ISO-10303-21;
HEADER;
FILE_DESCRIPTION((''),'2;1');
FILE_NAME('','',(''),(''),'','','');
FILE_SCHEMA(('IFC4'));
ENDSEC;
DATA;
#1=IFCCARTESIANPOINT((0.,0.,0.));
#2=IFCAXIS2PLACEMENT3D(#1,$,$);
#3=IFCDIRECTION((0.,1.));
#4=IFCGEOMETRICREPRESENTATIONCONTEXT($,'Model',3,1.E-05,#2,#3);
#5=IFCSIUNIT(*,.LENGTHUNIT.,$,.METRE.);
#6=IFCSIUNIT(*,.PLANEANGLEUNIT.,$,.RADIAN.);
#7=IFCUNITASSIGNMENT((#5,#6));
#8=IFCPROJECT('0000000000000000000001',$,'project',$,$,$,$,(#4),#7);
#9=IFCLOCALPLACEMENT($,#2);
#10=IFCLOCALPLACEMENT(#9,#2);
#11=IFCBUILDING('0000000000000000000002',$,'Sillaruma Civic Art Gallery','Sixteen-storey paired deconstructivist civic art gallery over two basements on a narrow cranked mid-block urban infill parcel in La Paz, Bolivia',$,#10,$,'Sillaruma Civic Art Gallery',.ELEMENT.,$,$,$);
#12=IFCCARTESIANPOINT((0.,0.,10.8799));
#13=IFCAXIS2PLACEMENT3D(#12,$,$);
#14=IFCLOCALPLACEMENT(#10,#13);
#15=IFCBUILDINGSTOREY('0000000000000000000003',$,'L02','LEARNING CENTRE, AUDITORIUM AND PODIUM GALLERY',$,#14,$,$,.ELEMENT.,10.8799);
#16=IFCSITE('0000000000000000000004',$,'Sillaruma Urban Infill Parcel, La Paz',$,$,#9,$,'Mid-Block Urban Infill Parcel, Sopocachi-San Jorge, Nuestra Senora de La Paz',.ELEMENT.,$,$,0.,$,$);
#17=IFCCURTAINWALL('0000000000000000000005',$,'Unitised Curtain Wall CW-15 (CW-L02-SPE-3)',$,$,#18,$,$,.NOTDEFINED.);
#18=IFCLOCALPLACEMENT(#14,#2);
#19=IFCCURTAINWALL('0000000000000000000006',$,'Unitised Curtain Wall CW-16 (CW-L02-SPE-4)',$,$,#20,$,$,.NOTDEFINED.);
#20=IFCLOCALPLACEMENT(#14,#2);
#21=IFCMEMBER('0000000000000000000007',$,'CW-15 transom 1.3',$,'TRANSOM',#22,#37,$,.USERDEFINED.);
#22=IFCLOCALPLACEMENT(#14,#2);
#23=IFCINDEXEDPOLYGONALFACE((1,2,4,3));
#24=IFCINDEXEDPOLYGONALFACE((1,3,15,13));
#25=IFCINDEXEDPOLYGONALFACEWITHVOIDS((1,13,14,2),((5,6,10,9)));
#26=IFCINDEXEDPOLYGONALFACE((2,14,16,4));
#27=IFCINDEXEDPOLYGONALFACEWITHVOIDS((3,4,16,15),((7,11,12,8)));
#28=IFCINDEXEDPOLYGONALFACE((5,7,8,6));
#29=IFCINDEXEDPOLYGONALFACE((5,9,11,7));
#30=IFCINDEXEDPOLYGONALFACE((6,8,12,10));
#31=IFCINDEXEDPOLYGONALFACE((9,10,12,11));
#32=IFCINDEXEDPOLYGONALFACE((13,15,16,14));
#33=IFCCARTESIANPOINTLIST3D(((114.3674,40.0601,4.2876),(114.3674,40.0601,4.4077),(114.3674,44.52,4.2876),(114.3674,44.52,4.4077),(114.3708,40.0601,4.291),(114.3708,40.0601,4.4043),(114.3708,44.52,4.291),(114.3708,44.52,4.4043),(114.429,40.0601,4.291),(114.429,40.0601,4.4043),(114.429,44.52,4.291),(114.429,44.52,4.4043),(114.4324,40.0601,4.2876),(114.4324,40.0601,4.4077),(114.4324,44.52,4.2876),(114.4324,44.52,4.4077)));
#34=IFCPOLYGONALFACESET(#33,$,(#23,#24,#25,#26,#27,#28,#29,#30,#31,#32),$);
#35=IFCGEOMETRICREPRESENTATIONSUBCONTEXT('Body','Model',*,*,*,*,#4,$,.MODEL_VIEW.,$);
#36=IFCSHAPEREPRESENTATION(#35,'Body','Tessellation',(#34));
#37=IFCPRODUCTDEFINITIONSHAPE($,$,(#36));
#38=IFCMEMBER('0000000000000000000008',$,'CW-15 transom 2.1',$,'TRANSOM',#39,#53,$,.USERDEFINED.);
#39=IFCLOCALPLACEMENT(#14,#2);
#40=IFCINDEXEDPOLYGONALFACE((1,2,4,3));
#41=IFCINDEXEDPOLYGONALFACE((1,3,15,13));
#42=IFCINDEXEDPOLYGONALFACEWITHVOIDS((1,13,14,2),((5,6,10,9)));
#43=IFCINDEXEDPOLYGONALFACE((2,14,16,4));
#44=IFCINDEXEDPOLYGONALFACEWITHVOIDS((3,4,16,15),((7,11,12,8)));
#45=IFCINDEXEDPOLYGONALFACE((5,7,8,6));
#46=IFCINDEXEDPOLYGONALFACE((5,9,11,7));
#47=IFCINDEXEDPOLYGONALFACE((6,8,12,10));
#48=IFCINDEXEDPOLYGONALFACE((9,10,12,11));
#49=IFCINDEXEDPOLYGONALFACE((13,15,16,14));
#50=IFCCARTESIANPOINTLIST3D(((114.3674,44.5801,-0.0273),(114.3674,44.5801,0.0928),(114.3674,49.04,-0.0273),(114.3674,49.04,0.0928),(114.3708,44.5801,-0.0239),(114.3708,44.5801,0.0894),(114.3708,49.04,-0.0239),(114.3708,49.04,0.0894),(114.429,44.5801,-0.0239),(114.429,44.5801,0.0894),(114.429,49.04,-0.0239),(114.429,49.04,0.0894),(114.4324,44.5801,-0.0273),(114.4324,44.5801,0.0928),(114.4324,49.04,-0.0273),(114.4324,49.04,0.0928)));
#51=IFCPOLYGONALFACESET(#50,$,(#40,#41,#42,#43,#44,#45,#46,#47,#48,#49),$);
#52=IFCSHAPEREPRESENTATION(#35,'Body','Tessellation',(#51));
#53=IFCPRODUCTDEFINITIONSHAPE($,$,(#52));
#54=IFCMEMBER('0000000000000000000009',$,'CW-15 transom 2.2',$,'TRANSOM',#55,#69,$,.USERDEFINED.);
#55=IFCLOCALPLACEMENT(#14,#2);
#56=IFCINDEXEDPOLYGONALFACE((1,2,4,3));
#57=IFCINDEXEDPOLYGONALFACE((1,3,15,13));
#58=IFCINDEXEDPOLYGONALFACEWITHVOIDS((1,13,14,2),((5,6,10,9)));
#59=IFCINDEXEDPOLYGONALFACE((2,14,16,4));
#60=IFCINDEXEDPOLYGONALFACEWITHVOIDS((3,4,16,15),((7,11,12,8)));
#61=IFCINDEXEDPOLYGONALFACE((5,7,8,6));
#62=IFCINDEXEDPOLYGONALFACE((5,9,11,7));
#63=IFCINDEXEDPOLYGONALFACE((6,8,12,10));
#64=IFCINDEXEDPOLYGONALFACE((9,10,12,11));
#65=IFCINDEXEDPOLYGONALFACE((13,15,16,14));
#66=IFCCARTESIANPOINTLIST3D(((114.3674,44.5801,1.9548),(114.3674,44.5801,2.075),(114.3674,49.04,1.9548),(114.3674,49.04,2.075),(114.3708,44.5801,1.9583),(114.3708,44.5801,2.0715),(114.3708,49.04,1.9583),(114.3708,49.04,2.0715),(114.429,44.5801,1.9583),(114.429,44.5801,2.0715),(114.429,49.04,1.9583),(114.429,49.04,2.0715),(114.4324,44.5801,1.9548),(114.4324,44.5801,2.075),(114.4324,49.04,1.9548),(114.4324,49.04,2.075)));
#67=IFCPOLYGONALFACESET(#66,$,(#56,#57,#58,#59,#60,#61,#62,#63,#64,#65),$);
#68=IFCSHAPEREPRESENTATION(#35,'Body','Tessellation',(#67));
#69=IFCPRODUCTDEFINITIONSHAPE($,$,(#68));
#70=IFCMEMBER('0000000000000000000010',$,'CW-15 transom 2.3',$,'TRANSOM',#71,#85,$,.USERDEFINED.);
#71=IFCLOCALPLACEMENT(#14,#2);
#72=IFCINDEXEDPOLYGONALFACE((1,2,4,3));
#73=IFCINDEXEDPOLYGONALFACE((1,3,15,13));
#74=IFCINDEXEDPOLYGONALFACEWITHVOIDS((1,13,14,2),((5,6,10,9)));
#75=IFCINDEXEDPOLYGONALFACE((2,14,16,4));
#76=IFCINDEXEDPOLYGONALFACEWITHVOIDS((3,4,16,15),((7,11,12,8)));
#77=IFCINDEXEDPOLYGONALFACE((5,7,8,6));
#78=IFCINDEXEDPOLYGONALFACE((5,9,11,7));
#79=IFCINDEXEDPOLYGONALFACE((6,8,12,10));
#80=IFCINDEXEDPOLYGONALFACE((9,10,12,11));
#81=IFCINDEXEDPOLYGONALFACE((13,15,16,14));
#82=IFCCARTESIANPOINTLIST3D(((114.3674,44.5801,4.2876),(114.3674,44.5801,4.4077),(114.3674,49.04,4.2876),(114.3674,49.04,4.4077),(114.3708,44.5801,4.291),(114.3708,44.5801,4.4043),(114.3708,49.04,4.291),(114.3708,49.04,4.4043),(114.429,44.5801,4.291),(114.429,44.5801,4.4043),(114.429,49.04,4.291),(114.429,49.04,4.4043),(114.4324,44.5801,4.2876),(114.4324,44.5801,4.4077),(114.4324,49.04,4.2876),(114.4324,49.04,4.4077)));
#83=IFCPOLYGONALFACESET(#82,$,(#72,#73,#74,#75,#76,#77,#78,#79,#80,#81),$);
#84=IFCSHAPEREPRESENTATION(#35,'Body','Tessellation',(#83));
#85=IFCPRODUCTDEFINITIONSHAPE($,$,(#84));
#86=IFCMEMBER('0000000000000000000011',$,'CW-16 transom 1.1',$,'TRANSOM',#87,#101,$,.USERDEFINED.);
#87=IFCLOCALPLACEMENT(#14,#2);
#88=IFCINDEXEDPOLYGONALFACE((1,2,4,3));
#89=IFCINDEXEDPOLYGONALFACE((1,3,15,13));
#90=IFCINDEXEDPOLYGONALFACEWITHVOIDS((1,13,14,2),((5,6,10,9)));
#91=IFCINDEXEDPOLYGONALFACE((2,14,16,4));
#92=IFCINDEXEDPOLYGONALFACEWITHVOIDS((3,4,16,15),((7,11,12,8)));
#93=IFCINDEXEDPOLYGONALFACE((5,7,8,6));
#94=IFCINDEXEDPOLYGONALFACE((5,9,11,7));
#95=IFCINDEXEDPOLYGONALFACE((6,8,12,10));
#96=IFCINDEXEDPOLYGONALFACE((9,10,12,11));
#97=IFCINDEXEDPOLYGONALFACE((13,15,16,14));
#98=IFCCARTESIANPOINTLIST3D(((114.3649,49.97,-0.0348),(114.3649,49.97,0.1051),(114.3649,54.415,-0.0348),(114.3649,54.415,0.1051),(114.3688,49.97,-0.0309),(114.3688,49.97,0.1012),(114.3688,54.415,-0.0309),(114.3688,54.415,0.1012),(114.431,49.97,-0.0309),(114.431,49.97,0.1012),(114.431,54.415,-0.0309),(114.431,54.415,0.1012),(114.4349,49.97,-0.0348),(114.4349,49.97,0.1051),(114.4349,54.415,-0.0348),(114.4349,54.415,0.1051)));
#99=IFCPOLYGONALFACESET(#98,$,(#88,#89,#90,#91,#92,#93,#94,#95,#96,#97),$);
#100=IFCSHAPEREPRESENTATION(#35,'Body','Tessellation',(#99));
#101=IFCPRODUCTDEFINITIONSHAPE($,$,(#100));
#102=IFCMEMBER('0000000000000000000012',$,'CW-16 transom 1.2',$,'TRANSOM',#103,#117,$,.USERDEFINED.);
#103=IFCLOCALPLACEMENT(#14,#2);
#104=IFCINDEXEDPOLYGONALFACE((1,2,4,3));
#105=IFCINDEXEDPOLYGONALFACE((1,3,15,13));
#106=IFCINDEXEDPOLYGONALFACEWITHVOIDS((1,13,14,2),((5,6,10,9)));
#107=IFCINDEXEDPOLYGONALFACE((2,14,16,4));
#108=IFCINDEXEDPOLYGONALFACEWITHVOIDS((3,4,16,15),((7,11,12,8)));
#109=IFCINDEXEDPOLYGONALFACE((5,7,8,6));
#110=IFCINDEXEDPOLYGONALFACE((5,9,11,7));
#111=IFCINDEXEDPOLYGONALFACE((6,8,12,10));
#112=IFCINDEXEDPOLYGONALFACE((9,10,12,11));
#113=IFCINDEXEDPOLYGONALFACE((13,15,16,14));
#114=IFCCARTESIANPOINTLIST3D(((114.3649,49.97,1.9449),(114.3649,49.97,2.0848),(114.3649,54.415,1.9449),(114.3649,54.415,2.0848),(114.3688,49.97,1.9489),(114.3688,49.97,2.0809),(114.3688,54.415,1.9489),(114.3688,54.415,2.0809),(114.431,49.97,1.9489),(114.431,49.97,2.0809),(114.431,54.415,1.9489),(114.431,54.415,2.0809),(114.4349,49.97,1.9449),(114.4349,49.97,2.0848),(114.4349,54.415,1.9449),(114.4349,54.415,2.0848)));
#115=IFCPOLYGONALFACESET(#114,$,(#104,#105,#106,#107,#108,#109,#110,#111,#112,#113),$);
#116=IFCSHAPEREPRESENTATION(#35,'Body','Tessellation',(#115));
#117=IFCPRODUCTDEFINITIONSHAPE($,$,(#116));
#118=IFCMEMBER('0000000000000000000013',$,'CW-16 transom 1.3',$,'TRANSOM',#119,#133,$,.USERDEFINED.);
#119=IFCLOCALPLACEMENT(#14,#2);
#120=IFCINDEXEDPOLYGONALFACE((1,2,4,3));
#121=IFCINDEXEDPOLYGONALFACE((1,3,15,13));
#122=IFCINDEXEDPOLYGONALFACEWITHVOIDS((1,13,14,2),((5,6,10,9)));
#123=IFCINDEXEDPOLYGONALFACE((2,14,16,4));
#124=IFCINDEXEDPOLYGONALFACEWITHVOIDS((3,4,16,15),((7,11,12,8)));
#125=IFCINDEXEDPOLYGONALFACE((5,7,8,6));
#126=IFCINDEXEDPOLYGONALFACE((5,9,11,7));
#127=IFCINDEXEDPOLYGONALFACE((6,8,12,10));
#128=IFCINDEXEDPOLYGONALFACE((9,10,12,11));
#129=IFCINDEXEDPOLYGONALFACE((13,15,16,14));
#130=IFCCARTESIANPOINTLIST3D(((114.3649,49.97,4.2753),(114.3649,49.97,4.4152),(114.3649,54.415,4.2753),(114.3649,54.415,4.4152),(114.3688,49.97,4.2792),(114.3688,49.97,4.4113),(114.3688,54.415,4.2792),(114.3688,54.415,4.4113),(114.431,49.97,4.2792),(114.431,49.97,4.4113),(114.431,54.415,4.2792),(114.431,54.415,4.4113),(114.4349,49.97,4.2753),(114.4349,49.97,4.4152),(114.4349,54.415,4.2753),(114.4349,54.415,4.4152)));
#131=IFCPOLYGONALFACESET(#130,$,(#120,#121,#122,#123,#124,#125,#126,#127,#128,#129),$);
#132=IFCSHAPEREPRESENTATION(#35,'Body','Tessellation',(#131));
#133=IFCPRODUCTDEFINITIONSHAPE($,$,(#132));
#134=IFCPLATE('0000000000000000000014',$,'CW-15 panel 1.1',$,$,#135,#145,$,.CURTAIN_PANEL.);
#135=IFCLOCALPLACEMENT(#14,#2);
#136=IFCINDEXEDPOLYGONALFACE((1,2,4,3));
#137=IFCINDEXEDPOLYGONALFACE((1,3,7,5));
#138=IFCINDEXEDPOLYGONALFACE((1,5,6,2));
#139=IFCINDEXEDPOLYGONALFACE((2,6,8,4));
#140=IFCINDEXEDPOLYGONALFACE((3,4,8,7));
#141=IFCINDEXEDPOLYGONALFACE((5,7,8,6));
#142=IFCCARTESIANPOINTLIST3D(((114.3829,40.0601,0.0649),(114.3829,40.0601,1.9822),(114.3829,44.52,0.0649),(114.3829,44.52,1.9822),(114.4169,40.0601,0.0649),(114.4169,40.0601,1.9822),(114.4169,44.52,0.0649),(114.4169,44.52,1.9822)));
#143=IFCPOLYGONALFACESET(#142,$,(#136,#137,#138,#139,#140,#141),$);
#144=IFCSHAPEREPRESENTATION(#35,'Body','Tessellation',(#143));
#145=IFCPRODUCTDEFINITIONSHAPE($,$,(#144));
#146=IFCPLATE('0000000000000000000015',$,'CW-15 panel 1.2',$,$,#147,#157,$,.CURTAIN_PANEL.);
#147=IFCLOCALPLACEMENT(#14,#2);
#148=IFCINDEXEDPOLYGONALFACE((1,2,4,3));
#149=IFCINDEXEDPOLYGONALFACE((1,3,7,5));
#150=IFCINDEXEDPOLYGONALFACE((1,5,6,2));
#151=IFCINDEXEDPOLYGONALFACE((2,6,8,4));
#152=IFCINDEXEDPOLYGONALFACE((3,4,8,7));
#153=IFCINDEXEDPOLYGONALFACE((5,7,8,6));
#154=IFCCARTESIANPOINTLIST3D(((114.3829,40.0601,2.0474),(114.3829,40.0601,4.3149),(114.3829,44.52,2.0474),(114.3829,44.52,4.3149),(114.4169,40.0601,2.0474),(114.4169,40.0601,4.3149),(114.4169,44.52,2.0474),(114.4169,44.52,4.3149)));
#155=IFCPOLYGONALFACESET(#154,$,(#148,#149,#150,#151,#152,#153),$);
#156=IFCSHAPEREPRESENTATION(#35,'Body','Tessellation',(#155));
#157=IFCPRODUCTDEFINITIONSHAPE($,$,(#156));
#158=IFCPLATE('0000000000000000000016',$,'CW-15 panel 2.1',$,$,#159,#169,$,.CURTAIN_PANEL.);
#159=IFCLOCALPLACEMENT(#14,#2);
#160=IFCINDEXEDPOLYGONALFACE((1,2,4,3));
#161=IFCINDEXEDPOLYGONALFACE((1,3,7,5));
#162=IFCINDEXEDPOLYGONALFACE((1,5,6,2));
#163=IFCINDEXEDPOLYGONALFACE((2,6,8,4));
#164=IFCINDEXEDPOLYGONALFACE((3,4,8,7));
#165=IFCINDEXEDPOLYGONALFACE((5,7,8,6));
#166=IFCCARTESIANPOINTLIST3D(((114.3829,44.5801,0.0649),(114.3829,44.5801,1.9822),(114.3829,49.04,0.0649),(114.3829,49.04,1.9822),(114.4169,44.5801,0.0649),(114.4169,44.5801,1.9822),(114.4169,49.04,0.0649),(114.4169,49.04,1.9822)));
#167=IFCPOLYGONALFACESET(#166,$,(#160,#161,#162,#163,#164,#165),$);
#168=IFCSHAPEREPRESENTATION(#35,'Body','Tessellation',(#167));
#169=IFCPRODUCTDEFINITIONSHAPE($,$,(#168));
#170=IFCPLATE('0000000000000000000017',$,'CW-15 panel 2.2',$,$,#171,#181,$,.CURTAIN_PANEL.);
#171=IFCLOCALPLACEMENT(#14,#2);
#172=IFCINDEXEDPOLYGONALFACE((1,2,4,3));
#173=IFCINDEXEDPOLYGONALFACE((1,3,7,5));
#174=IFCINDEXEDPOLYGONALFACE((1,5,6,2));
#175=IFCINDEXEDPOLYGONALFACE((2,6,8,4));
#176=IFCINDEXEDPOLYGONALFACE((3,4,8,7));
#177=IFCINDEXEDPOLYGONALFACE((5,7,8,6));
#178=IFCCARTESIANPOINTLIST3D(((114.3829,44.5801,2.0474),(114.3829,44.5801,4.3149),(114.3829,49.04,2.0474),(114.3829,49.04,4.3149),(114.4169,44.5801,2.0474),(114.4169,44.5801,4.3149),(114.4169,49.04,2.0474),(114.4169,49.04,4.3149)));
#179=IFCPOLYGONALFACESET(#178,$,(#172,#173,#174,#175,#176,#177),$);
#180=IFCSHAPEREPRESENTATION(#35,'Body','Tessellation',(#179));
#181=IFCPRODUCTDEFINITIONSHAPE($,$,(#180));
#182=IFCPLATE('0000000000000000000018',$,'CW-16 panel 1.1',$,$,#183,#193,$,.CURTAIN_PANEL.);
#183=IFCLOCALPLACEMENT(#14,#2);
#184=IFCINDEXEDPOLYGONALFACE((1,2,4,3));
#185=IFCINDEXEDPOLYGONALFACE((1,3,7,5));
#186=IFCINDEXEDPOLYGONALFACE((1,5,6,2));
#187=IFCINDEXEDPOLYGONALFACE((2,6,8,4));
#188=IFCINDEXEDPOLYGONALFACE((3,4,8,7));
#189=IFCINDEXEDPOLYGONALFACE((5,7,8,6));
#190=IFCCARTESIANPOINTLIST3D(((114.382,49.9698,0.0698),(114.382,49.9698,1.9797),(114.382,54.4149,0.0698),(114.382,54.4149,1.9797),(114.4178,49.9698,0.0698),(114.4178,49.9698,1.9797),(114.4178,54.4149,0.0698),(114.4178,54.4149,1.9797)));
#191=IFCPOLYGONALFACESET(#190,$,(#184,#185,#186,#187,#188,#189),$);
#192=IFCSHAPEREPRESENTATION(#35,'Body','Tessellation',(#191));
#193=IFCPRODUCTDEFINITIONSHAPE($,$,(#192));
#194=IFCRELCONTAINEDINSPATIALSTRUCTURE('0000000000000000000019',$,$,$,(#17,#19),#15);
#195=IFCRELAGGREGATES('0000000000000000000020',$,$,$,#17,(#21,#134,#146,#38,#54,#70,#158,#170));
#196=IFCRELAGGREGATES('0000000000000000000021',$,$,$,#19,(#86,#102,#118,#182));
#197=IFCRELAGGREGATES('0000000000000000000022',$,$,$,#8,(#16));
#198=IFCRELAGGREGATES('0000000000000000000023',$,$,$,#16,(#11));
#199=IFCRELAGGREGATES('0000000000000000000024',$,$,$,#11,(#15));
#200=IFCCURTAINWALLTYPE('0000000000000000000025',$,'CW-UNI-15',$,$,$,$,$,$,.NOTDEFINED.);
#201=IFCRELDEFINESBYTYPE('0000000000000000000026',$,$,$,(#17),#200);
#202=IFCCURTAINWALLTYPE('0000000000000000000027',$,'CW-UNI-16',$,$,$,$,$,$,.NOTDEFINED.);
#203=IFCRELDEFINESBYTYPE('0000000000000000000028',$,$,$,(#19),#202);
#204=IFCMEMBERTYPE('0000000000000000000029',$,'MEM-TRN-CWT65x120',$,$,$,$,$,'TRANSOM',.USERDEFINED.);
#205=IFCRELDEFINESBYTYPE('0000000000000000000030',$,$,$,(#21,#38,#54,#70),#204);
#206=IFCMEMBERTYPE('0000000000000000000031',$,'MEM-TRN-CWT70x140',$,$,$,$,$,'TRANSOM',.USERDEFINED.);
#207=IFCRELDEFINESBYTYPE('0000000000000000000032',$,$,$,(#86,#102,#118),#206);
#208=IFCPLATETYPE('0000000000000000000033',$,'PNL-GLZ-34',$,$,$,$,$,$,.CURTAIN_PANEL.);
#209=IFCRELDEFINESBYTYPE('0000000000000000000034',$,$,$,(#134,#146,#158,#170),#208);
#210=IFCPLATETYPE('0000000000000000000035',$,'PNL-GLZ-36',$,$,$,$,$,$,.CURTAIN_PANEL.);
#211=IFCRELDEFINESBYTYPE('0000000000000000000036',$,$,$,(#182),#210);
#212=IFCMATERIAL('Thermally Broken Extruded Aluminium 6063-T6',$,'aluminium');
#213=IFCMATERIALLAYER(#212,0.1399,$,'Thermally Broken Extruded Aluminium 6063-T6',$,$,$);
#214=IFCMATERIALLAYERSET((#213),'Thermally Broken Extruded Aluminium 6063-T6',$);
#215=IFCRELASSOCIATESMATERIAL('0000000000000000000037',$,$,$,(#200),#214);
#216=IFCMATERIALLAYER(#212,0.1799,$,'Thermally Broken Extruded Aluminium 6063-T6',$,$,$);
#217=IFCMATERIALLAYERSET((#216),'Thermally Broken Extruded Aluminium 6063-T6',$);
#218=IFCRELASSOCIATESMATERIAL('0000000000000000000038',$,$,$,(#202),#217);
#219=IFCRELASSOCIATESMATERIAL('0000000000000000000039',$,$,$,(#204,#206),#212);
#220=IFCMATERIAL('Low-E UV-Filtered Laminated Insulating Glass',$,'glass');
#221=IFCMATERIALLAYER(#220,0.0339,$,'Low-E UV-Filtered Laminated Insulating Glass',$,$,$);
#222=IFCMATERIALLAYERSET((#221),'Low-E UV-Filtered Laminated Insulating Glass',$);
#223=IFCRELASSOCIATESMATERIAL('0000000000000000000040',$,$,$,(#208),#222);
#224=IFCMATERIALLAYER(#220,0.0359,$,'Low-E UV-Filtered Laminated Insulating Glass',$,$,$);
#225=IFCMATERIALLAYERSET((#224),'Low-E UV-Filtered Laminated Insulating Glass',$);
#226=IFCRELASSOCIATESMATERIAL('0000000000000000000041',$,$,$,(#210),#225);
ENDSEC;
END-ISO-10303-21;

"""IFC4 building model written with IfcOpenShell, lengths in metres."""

from ifc_helpers import new_model, si_unit, direction, frame, origin, origin_2d, place, context, subcontext, project, spatial, rectangle, hollow_rectangle, extrude, material, layer, layer_set, material_profile, profile_set, type_object, element, aggregate, save


model = new_model("IFC4")

# Units and contexts
model_context = context("Model", 3, precision=1e-05, world=origin(), true_north=direction((0.0, 1.0)))
body_context = subcontext(model_context, "Body", "Model", "MODEL_VIEW")
ifc_project = project(units=[si_unit("LENGTHUNIT", "METRE"), si_unit("PLANEANGLEUNIT", "RADIAN")], contexts=[model_context])

# Site, building, storey
site_placement = place(None, origin())
site = spatial("IfcSite", under=ifc_project, at=site_placement, Name="Sillaruma Urban Infill Parcel, La Paz", LongName="Mid-Block Urban Infill Parcel, Sopocachi-San Jorge, Nuestra Senora de La Paz", CompositionType="ELEMENT", RefElevation=0.0)
building_placement = place(site_placement, origin())
building = spatial("IfcBuilding", under=site, at=building_placement, Name="Sillaruma Civic Art Gallery", Description="Sixteen-storey paired deconstructivist civic art gallery over two basements on a narrow cranked mid-block urban infill parcel in La Paz, Bolivia", LongName="Sillaruma Civic Art Gallery", CompositionType="ELEMENT")
storey_placement = place(building_placement, frame((0.0, 0.0, 10.8799)))
storey = spatial("IfcBuildingStorey", under=building, at=storey_placement, Name="L02", Description="LEARNING CENTRE, AUDITORIUM AND PODIUM GALLERY", CompositionType="ELEMENT", Elevation=10.8799)

# Curtain walls
ifc_material_1 = material(Name="Thermally Broken Extruded Aluminium 6063-T6", Category="aluminium")
ifc_layer_1 = layer(ifc_material_1, 0.1399, Name="Thermally Broken Extruded Aluminium 6063-T6")
ifc_layer_set_1 = layer_set([ifc_layer_1], Name="Thermally Broken Extruded Aluminium 6063-T6")
curtain_wall_type_1 = type_object("IfcCurtainWallType", Name="CW-UNI-15", PredefinedType="NOTDEFINED", material=ifc_layer_set_1)
curtain_wall_1_placement = place(storey_placement, origin())
curtain_wall_1 = element("IfcCurtainWall", 1, at=curtain_wall_1_placement, inside=storey, type_object=curtain_wall_type_1, Name="Unitised Curtain Wall CW-15 (CW-L02-SPE-3)", PredefinedType="NOTDEFINED")
ifc_layer_2 = layer(ifc_material_1, 0.1799, Name="Thermally Broken Extruded Aluminium 6063-T6")
ifc_layer_set_2 = layer_set([ifc_layer_2], Name="Thermally Broken Extruded Aluminium 6063-T6")
curtain_wall_type_2 = type_object("IfcCurtainWallType", Name="CW-UNI-16", PredefinedType="NOTDEFINED", material=ifc_layer_set_2)
curtain_wall_2_placement = place(storey_placement, origin())
curtain_wall_2 = element("IfcCurtainWall", 2, at=curtain_wall_2_placement, inside=storey, type_object=curtain_wall_type_2, Name="Unitised Curtain Wall CW-16 (CW-L02-SPE-4)", PredefinedType="NOTDEFINED")

# Members
ifc_material_profile_1 = material_profile(ifc_material_1, hollow_rectangle(XDim=0.0649, YDim=0.1201, WallThickness=0.0034, at=origin_2d()), Name="CWT65x120")
ifc_profile_set_1 = profile_set([ifc_material_profile_1], Name="Thermally Broken Extruded Aluminium 6063-T6")
member_type_1 = type_object("IfcMemberType", Name="MEM-TRN-CWT65x120", ElementType="TRANSOM", PredefinedType="USERDEFINED", material=ifc_profile_set_1)
member_1_placement = place(storey_placement, frame((114.3999, 40.0601, 4.3477), z_axis=(0.0, 1.0, 0.0), x_axis=(-1.0, 0.0, 0.0)))
member_1 = element("IfcMember", 3, at=member_1_placement, type_object=member_type_1, Name="CW-15 transom 1.3", ObjectType="TRANSOM", PredefinedType="USERDEFINED", context=body_context, shape_type="SweptSolid", body=[
    extrude(hollow_rectangle(XDim=0.0649, YDim=0.1201, WallThickness=0.0034, at=origin_2d()), origin(), (0.0, 0.0, 1.0), 4.46),
])
member_2_placement = place(storey_placement, frame((114.3999, 44.5801, 0.0327), z_axis=(0.0, 1.0, 0.0), x_axis=(-1.0, 0.0, 0.0)))
member_2 = element("IfcMember", 4, at=member_2_placement, type_object=member_type_1, Name="CW-15 transom 2.1", ObjectType="TRANSOM", PredefinedType="USERDEFINED", context=body_context, shape_type="SweptSolid", body=[
    extrude(hollow_rectangle(XDim=0.0649, YDim=0.1201, WallThickness=0.0034, at=origin_2d()), origin(), (0.0, 0.0, 1.0), 4.46),
])
member_3_placement = place(storey_placement, frame((114.3999, 44.5801, 2.0149), z_axis=(0.0, 1.0, 0.0), x_axis=(-1.0, 0.0, 0.0)))
member_3 = element("IfcMember", 5, at=member_3_placement, type_object=member_type_1, Name="CW-15 transom 2.2", ObjectType="TRANSOM", PredefinedType="USERDEFINED", context=body_context, shape_type="SweptSolid", body=[
    extrude(hollow_rectangle(XDim=0.0649, YDim=0.1201, WallThickness=0.0034, at=origin_2d()), origin(), (0.0, 0.0, 1.0), 4.46),
])
member_4_placement = place(storey_placement, frame((114.3999, 44.5801, 4.3477), z_axis=(0.0, 1.0, 0.0), x_axis=(-1.0, 0.0, 0.0)))
member_4 = element("IfcMember", 6, at=member_4_placement, type_object=member_type_1, Name="CW-15 transom 2.3", ObjectType="TRANSOM", PredefinedType="USERDEFINED", context=body_context, shape_type="SweptSolid", body=[
    extrude(hollow_rectangle(XDim=0.0649, YDim=0.1201, WallThickness=0.0034, at=origin_2d()), origin(), (0.0, 0.0, 1.0), 4.46),
])
ifc_material_profile_2 = material_profile(ifc_material_1, hollow_rectangle(XDim=0.0701, YDim=0.1399, WallThickness=0.0039, at=origin_2d()), Name="CWT70x140")
ifc_profile_set_2 = profile_set([ifc_material_profile_2], Name="Thermally Broken Extruded Aluminium 6063-T6")
member_type_2 = type_object("IfcMemberType", Name="MEM-TRN-CWT70x140", ElementType="TRANSOM", PredefinedType="USERDEFINED", material=ifc_profile_set_2)
member_5_placement = place(storey_placement, frame((114.3999, 49.97, 0.0352), z_axis=(0.0, 1.0, 0.0), x_axis=(-1.0, 0.0, 0.0)))
member_5 = element("IfcMember", 7, at=member_5_placement, type_object=member_type_2, Name="CW-16 transom 1.1", ObjectType="TRANSOM", PredefinedType="USERDEFINED", context=body_context, shape_type="SweptSolid", body=[
    extrude(hollow_rectangle(XDim=0.0701, YDim=0.1399, WallThickness=0.0039, at=origin_2d()), origin(), (0.0, 0.0, 1.0), 4.4451),
])
member_6_placement = place(storey_placement, frame((114.3999, 49.97, 2.0149), z_axis=(0.0, 1.0, 0.0), x_axis=(-1.0, 0.0, 0.0)))
member_6 = element("IfcMember", 8, at=member_6_placement, type_object=member_type_2, Name="CW-16 transom 1.2", ObjectType="TRANSOM", PredefinedType="USERDEFINED", context=body_context, shape_type="SweptSolid", body=[
    extrude(hollow_rectangle(XDim=0.0701, YDim=0.1399, WallThickness=0.0039, at=origin_2d()), origin(), (0.0, 0.0, 1.0), 4.4451),
])
member_7_placement = place(storey_placement, frame((114.3999, 49.97, 4.3452), z_axis=(0.0, 1.0, 0.0), x_axis=(-1.0, 0.0, 0.0)))
member_7 = element("IfcMember", 9, at=member_7_placement, type_object=member_type_2, Name="CW-16 transom 1.3", ObjectType="TRANSOM", PredefinedType="USERDEFINED", context=body_context, shape_type="SweptSolid", body=[
    extrude(hollow_rectangle(XDim=0.0701, YDim=0.1399, WallThickness=0.0039, at=origin_2d()), origin(), (0.0, 0.0, 1.0), 4.4451),
])

# Plates
ifc_material_2 = material(Name="Low-E UV-Filtered Laminated Insulating Glass", Category="glass")
ifc_layer_3 = layer(ifc_material_2, 0.0339, Name="Low-E UV-Filtered Laminated Insulating Glass")
ifc_layer_set_3 = layer_set([ifc_layer_3], Name="Low-E UV-Filtered Laminated Insulating Glass")
plate_type_1 = type_object("IfcPlateType", Name="PNL-GLZ-34", PredefinedType="CURTAIN_PANEL", material=ifc_layer_set_3)
plate_1_placement = place(storey_placement, frame((114.3999, 42.29, 0.0649), z_axis=(0.0, 0.0, 1.0), x_axis=(0.0, 1.0, 0.0)))
plate_1 = element("IfcPlate", 10, at=plate_1_placement, type_object=plate_type_1, Name="CW-15 panel 1.1", PredefinedType="CURTAIN_PANEL", context=body_context, shape_type="SweptSolid", body=[
    extrude(rectangle(XDim=4.46, YDim=0.0339, at=origin_2d()), origin(), (0.0, 0.0, 1.0), 1.9172),
])
plate_2_placement = place(storey_placement, frame((114.3999, 42.29, 2.0474), z_axis=(0.0, 0.0, 1.0), x_axis=(0.0, 1.0, 0.0)))
plate_2 = element("IfcPlate", 11, at=plate_2_placement, type_object=plate_type_1, Name="CW-15 panel 1.2", PredefinedType="CURTAIN_PANEL", context=body_context, shape_type="SweptSolid", body=[
    extrude(rectangle(XDim=4.46, YDim=0.0339, at=origin_2d()), origin(), (0.0, 0.0, 1.0), 2.2676),
])
plate_3_placement = place(storey_placement, frame((114.3999, 46.8101, 0.0649), z_axis=(0.0, 0.0, 1.0), x_axis=(0.0, 1.0, 0.0)))
plate_3 = element("IfcPlate", 12, at=plate_3_placement, type_object=plate_type_1, Name="CW-15 panel 2.1", PredefinedType="CURTAIN_PANEL", context=body_context, shape_type="SweptSolid", body=[
    extrude(rectangle(XDim=4.46, YDim=0.0339, at=origin_2d()), origin(), (0.0, 0.0, 1.0), 1.9172),
])
plate_4_placement = place(storey_placement, frame((114.3999, 46.8101, 2.0474), z_axis=(0.0, 0.0, 1.0), x_axis=(0.0, 1.0, 0.0)))
plate_4 = element("IfcPlate", 13, at=plate_4_placement, type_object=plate_type_1, Name="CW-15 panel 2.2", PredefinedType="CURTAIN_PANEL", context=body_context, shape_type="SweptSolid", body=[
    extrude(rectangle(XDim=4.46, YDim=0.0339, at=origin_2d()), origin(), (0.0, 0.0, 1.0), 2.2676),
])
aggregate(curtain_wall_1, [member_1, plate_1, plate_2, member_2, member_3, member_4, plate_3, plate_4])
ifc_layer_4 = layer(ifc_material_2, 0.0359, Name="Low-E UV-Filtered Laminated Insulating Glass")
ifc_layer_set_4 = layer_set([ifc_layer_4], Name="Low-E UV-Filtered Laminated Insulating Glass")
plate_type_2 = type_object("IfcPlateType", Name="PNL-GLZ-36", PredefinedType="CURTAIN_PANEL", material=ifc_layer_set_4)
plate_5_placement = place(storey_placement, frame((114.3999, 52.1924, 0.0698), z_axis=(0.0, 0.0, 1.0), x_axis=(0.0, 1.0, 0.0)))
plate_5 = element("IfcPlate", 14, at=plate_5_placement, type_object=plate_type_2, Name="CW-16 panel 1.1", PredefinedType="CURTAIN_PANEL", context=body_context, shape_type="SweptSolid", body=[
    extrude(rectangle(XDim=4.4451, YDim=0.0359, at=origin_2d()), origin(), (0.0, 0.0, 1.0), 1.9099),
])
aggregate(curtain_wall_2, [member_5, member_6, member_7, plate_5])

save(model, "model.ifc")
